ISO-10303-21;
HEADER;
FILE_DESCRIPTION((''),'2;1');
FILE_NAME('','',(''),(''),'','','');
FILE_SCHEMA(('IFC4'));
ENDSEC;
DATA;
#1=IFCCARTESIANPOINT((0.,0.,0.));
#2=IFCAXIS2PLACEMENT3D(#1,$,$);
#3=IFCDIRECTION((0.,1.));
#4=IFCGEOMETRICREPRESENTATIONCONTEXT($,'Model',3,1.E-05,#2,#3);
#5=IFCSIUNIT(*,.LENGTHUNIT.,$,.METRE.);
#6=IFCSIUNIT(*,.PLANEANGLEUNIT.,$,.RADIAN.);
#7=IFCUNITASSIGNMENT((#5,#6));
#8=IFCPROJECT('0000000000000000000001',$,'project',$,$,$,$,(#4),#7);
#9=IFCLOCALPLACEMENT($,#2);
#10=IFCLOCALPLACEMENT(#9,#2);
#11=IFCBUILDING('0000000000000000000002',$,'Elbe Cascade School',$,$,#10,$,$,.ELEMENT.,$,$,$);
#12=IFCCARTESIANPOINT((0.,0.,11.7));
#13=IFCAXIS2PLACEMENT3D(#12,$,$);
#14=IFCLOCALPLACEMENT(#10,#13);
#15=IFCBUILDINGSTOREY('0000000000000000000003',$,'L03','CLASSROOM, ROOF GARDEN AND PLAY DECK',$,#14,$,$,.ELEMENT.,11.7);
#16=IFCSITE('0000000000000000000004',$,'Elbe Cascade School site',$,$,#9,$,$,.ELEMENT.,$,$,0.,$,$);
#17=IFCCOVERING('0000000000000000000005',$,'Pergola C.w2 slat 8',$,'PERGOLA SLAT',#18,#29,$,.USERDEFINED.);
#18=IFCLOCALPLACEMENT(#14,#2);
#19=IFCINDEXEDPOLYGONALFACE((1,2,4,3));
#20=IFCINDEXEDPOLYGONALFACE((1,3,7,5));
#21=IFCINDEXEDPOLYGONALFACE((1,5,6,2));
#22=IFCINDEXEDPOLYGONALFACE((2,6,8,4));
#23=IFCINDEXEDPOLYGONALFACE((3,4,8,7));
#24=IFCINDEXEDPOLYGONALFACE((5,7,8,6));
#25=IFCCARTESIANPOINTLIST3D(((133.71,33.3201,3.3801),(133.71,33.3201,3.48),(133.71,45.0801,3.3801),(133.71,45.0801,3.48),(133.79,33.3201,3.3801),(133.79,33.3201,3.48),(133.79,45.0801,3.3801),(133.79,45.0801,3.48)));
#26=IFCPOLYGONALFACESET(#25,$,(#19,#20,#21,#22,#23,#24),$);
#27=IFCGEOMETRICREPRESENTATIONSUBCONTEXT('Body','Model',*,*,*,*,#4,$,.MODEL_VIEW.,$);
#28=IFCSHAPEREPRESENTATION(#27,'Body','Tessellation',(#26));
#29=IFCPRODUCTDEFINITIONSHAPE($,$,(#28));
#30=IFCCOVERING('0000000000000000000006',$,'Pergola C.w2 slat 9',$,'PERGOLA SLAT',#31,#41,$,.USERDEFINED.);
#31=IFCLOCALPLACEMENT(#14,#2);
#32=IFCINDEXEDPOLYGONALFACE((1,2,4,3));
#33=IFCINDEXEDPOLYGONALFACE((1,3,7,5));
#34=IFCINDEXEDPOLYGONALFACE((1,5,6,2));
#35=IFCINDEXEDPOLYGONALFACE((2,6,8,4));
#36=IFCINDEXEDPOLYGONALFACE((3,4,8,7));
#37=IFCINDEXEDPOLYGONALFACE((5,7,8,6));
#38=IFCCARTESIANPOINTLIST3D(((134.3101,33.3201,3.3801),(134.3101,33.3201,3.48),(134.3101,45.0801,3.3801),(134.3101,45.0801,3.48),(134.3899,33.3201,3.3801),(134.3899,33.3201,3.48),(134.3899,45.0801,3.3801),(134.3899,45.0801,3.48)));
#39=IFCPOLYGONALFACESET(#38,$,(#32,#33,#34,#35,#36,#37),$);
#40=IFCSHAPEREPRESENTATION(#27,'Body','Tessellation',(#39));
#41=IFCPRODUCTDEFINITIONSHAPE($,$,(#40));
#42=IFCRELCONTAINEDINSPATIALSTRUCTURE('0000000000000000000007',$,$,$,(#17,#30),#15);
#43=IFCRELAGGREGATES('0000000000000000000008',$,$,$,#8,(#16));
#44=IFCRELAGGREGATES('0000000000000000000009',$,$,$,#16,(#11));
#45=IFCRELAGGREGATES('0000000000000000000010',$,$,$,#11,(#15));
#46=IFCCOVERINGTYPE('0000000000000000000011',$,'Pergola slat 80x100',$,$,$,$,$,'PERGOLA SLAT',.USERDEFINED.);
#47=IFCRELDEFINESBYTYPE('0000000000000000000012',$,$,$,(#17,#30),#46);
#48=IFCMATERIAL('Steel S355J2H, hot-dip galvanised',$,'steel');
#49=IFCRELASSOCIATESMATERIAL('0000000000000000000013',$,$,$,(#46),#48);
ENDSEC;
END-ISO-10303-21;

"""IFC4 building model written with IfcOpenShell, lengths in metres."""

from ifc_helpers import new_model, si_unit, direction, frame, origin, place, context, subcontext, project, spatial, polyline, outline, extrude, material, type_object, element, save


model = new_model("IFC4")

# Units and contexts
model_context = context("Model", 3, precision=1e-05, world=origin(), true_north=direction((0.0, 1.0)))
body_context = subcontext(model_context, "Body", "Model", "MODEL_VIEW")
ifc_project = project(units=[si_unit("LENGTHUNIT", "METRE"), si_unit("PLANEANGLEUNIT", "RADIAN")], contexts=[model_context])

# Site, building, storey
site_placement = place(None, origin())
site = spatial("IfcSite", under=ifc_project, at=site_placement, Name="Elbe Cascade School site", CompositionType="ELEMENT", RefElevation=0.0)
building_placement = place(site_placement, origin())
building = spatial("IfcBuilding", under=site, at=building_placement, Name="Elbe Cascade School", CompositionType="ELEMENT")
storey_placement = place(building_placement, frame((0.0, 0.0, 11.7)))
storey = spatial("IfcBuildingStorey", under=building, at=storey_placement, Name="L03", Description="CLASSROOM, ROOF GARDEN AND PLAY DECK", CompositionType="ELEMENT", Elevation=11.7)

# Coverings
ifc_material_1 = material(Name="Steel S355J2H, hot-dip galvanised", Category="steel")
covering_type_1 = type_object("IfcCoveringType", Name="Pergola slat 80x100", ElementType="PERGOLA SLAT", PredefinedType="USERDEFINED", material=ifc_material_1)
covering_1_placement = place(storey_placement, frame((0.0, 0.0, 3.3801)))
element("IfcCovering", 1, at=covering_1_placement, inside=storey, type_object=covering_type_1, Name="Pergola C.w2 slat 8", ObjectType="PERGOLA SLAT", PredefinedType="USERDEFINED", context=body_context, shape_type="SweptSolid", body=[
    extrude(outline(polyline([(133.71, 33.3201), (133.79, 33.3201), (133.79, 45.0801), (133.71, 45.0801), (133.71, 33.3201)])), origin(), (0.0, 0.0, 1.0), 0.0999),
])
covering_2_placement = place(storey_placement, frame((0.0, 0.0, 3.3801)))
element("IfcCovering", 2, at=covering_2_placement, inside=storey, type_object=covering_type_1, Name="Pergola C.w2 slat 9", ObjectType="PERGOLA SLAT", PredefinedType="USERDEFINED", context=body_context, shape_type="SweptSolid", body=[
    extrude(outline(polyline([(134.3101, 33.3201), (134.3899, 33.3201), (134.3899, 45.0801), (134.3101, 45.0801), (134.3101, 33.3201)])), origin(), (0.0, 0.0, 1.0), 0.0999),
])

save(model, "model.ifc")
